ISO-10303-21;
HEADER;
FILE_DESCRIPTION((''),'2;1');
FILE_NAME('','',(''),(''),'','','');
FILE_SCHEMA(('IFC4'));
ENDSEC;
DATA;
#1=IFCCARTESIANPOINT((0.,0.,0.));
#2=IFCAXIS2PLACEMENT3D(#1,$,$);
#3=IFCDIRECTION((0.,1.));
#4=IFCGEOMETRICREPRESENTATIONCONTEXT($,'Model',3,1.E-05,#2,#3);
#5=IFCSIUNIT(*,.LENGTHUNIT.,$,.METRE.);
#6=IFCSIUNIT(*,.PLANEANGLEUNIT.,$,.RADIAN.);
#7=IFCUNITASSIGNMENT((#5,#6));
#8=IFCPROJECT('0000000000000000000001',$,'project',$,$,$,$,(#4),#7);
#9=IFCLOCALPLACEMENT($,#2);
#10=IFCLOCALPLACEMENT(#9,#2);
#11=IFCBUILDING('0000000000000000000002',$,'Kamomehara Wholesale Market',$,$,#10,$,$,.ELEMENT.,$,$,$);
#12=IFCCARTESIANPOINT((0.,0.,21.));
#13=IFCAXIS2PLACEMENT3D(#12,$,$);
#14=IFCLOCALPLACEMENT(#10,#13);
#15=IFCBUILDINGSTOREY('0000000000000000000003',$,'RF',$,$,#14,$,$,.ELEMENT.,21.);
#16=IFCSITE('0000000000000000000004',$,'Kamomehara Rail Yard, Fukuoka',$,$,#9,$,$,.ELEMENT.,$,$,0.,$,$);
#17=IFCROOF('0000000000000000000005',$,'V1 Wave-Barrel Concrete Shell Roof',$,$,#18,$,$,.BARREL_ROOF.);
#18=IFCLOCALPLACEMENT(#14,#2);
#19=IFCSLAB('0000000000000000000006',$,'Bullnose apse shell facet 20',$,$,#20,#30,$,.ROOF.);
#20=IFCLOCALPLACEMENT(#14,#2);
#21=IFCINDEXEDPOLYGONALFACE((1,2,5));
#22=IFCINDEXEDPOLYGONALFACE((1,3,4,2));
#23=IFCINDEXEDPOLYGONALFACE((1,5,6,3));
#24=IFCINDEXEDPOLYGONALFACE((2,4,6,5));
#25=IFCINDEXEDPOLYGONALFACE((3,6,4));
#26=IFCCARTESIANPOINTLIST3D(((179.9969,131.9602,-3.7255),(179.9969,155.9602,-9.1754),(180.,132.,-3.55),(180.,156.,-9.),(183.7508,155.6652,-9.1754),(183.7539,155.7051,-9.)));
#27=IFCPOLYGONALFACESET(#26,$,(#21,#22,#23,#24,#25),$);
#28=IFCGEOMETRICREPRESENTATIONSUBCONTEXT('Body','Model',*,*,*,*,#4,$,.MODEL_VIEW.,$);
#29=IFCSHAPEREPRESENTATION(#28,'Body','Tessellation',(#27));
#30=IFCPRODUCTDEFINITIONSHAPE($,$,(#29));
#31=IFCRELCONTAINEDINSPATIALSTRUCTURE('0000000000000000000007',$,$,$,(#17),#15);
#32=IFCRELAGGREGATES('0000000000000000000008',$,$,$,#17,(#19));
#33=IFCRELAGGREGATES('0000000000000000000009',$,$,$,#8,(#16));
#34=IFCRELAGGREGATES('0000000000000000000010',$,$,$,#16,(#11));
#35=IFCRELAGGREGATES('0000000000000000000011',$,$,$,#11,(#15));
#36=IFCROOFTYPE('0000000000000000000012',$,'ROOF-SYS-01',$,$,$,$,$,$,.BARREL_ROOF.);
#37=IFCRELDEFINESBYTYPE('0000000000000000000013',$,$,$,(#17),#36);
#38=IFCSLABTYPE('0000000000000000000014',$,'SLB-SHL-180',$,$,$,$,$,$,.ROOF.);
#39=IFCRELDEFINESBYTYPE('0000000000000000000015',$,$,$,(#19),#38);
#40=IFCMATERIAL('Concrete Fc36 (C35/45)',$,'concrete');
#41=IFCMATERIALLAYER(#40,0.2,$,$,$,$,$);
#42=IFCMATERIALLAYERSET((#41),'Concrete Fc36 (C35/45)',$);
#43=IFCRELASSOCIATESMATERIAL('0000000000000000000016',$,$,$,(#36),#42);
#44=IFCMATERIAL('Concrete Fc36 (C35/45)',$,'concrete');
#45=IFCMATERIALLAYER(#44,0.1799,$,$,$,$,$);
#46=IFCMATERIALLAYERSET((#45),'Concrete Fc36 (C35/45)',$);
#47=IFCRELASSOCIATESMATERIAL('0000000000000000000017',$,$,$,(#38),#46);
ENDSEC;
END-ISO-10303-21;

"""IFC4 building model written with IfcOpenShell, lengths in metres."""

from ifc_helpers import new_model, si_unit, direction, frame, origin, place, context, subcontext, project, spatial, polyline, outline, extrude, material, layer, layer_set, type_object, element, aggregate, save


model = new_model("IFC4")

# Units and contexts
model_context = context("Model", 3, precision=1e-05, world=origin(), true_north=direction((0.0, 1.0)))
body_context = subcontext(model_context, "Body", "Model", "MODEL_VIEW")
ifc_project = project(units=[si_unit("LENGTHUNIT", "METRE"), si_unit("PLANEANGLEUNIT", "RADIAN")], contexts=[model_context])

# Site, building, storey
site_placement = place(None, origin())
site = spatial("IfcSite", under=ifc_project, at=site_placement, Name="Kamomehara Rail Yard, Fukuoka", CompositionType="ELEMENT", RefElevation=0.0)
building_placement = place(site_placement, origin())
building = spatial("IfcBuilding", under=site, at=building_placement, Name="Kamomehara Wholesale Market", CompositionType="ELEMENT")
storey_placement = place(building_placement, frame((0.0, 0.0, 21.0)))
storey = spatial("IfcBuildingStorey", under=building, at=storey_placement, Name="RF", CompositionType="ELEMENT", Elevation=21.0)

# Roof, slab
ifc_material_1 = material(Name="Concrete Fc36 (C35/45)", Category="concrete")
ifc_layer_1 = layer(ifc_material_1, 0.2)
ifc_layer_set_1 = layer_set([ifc_layer_1], Name="Concrete Fc36 (C35/45)")
roof_type = type_object("IfcRoofType", Name="ROOF-SYS-01", PredefinedType="BARREL_ROOF", material=ifc_layer_set_1)
roof_placement = place(storey_placement, origin())
roof = element("IfcRoof", 1, at=roof_placement, inside=storey, type_object=roof_type, Name="V1 Wave-Barrel Concrete Shell Roof", PredefinedType="BARREL_ROOF")
ifc_material_2 = material(Name="Concrete Fc36 (C35/45)", Category="concrete")
ifc_layer_2 = layer(ifc_material_2, 0.1799)
ifc_layer_set_2 = layer_set([ifc_layer_2], Name="Concrete Fc36 (C35/45)")
slab_type = type_object("IfcSlabType", Name="SLB-SHL-180", PredefinedType="ROOF", material=ifc_layer_set_2)
slab_1_placement = place(storey_placement, frame((183.7539, 155.7051, -9.0), z_axis=(0.017395, 0.22141, 0.975026), x_axis=(-0.996928, 0.078323, 0.0)))
slab_1 = element("IfcSlab", 2, at=slab_1_placement, type_object=slab_type, Name="Bullnose apse shell facet 20", PredefinedType="ROOF", context=body_context, shape_type="SweptSolid", body=[
    extrude(outline(polyline([(0.0, 0.0), (3.7655, 0.0), (1.8857, 24.5391), (0.0, 0.0)])), origin(), (0.0, 0.0, -1.0), 0.1799),
])
aggregate(roof, [slab_1])

save(model, "model.ifc")
